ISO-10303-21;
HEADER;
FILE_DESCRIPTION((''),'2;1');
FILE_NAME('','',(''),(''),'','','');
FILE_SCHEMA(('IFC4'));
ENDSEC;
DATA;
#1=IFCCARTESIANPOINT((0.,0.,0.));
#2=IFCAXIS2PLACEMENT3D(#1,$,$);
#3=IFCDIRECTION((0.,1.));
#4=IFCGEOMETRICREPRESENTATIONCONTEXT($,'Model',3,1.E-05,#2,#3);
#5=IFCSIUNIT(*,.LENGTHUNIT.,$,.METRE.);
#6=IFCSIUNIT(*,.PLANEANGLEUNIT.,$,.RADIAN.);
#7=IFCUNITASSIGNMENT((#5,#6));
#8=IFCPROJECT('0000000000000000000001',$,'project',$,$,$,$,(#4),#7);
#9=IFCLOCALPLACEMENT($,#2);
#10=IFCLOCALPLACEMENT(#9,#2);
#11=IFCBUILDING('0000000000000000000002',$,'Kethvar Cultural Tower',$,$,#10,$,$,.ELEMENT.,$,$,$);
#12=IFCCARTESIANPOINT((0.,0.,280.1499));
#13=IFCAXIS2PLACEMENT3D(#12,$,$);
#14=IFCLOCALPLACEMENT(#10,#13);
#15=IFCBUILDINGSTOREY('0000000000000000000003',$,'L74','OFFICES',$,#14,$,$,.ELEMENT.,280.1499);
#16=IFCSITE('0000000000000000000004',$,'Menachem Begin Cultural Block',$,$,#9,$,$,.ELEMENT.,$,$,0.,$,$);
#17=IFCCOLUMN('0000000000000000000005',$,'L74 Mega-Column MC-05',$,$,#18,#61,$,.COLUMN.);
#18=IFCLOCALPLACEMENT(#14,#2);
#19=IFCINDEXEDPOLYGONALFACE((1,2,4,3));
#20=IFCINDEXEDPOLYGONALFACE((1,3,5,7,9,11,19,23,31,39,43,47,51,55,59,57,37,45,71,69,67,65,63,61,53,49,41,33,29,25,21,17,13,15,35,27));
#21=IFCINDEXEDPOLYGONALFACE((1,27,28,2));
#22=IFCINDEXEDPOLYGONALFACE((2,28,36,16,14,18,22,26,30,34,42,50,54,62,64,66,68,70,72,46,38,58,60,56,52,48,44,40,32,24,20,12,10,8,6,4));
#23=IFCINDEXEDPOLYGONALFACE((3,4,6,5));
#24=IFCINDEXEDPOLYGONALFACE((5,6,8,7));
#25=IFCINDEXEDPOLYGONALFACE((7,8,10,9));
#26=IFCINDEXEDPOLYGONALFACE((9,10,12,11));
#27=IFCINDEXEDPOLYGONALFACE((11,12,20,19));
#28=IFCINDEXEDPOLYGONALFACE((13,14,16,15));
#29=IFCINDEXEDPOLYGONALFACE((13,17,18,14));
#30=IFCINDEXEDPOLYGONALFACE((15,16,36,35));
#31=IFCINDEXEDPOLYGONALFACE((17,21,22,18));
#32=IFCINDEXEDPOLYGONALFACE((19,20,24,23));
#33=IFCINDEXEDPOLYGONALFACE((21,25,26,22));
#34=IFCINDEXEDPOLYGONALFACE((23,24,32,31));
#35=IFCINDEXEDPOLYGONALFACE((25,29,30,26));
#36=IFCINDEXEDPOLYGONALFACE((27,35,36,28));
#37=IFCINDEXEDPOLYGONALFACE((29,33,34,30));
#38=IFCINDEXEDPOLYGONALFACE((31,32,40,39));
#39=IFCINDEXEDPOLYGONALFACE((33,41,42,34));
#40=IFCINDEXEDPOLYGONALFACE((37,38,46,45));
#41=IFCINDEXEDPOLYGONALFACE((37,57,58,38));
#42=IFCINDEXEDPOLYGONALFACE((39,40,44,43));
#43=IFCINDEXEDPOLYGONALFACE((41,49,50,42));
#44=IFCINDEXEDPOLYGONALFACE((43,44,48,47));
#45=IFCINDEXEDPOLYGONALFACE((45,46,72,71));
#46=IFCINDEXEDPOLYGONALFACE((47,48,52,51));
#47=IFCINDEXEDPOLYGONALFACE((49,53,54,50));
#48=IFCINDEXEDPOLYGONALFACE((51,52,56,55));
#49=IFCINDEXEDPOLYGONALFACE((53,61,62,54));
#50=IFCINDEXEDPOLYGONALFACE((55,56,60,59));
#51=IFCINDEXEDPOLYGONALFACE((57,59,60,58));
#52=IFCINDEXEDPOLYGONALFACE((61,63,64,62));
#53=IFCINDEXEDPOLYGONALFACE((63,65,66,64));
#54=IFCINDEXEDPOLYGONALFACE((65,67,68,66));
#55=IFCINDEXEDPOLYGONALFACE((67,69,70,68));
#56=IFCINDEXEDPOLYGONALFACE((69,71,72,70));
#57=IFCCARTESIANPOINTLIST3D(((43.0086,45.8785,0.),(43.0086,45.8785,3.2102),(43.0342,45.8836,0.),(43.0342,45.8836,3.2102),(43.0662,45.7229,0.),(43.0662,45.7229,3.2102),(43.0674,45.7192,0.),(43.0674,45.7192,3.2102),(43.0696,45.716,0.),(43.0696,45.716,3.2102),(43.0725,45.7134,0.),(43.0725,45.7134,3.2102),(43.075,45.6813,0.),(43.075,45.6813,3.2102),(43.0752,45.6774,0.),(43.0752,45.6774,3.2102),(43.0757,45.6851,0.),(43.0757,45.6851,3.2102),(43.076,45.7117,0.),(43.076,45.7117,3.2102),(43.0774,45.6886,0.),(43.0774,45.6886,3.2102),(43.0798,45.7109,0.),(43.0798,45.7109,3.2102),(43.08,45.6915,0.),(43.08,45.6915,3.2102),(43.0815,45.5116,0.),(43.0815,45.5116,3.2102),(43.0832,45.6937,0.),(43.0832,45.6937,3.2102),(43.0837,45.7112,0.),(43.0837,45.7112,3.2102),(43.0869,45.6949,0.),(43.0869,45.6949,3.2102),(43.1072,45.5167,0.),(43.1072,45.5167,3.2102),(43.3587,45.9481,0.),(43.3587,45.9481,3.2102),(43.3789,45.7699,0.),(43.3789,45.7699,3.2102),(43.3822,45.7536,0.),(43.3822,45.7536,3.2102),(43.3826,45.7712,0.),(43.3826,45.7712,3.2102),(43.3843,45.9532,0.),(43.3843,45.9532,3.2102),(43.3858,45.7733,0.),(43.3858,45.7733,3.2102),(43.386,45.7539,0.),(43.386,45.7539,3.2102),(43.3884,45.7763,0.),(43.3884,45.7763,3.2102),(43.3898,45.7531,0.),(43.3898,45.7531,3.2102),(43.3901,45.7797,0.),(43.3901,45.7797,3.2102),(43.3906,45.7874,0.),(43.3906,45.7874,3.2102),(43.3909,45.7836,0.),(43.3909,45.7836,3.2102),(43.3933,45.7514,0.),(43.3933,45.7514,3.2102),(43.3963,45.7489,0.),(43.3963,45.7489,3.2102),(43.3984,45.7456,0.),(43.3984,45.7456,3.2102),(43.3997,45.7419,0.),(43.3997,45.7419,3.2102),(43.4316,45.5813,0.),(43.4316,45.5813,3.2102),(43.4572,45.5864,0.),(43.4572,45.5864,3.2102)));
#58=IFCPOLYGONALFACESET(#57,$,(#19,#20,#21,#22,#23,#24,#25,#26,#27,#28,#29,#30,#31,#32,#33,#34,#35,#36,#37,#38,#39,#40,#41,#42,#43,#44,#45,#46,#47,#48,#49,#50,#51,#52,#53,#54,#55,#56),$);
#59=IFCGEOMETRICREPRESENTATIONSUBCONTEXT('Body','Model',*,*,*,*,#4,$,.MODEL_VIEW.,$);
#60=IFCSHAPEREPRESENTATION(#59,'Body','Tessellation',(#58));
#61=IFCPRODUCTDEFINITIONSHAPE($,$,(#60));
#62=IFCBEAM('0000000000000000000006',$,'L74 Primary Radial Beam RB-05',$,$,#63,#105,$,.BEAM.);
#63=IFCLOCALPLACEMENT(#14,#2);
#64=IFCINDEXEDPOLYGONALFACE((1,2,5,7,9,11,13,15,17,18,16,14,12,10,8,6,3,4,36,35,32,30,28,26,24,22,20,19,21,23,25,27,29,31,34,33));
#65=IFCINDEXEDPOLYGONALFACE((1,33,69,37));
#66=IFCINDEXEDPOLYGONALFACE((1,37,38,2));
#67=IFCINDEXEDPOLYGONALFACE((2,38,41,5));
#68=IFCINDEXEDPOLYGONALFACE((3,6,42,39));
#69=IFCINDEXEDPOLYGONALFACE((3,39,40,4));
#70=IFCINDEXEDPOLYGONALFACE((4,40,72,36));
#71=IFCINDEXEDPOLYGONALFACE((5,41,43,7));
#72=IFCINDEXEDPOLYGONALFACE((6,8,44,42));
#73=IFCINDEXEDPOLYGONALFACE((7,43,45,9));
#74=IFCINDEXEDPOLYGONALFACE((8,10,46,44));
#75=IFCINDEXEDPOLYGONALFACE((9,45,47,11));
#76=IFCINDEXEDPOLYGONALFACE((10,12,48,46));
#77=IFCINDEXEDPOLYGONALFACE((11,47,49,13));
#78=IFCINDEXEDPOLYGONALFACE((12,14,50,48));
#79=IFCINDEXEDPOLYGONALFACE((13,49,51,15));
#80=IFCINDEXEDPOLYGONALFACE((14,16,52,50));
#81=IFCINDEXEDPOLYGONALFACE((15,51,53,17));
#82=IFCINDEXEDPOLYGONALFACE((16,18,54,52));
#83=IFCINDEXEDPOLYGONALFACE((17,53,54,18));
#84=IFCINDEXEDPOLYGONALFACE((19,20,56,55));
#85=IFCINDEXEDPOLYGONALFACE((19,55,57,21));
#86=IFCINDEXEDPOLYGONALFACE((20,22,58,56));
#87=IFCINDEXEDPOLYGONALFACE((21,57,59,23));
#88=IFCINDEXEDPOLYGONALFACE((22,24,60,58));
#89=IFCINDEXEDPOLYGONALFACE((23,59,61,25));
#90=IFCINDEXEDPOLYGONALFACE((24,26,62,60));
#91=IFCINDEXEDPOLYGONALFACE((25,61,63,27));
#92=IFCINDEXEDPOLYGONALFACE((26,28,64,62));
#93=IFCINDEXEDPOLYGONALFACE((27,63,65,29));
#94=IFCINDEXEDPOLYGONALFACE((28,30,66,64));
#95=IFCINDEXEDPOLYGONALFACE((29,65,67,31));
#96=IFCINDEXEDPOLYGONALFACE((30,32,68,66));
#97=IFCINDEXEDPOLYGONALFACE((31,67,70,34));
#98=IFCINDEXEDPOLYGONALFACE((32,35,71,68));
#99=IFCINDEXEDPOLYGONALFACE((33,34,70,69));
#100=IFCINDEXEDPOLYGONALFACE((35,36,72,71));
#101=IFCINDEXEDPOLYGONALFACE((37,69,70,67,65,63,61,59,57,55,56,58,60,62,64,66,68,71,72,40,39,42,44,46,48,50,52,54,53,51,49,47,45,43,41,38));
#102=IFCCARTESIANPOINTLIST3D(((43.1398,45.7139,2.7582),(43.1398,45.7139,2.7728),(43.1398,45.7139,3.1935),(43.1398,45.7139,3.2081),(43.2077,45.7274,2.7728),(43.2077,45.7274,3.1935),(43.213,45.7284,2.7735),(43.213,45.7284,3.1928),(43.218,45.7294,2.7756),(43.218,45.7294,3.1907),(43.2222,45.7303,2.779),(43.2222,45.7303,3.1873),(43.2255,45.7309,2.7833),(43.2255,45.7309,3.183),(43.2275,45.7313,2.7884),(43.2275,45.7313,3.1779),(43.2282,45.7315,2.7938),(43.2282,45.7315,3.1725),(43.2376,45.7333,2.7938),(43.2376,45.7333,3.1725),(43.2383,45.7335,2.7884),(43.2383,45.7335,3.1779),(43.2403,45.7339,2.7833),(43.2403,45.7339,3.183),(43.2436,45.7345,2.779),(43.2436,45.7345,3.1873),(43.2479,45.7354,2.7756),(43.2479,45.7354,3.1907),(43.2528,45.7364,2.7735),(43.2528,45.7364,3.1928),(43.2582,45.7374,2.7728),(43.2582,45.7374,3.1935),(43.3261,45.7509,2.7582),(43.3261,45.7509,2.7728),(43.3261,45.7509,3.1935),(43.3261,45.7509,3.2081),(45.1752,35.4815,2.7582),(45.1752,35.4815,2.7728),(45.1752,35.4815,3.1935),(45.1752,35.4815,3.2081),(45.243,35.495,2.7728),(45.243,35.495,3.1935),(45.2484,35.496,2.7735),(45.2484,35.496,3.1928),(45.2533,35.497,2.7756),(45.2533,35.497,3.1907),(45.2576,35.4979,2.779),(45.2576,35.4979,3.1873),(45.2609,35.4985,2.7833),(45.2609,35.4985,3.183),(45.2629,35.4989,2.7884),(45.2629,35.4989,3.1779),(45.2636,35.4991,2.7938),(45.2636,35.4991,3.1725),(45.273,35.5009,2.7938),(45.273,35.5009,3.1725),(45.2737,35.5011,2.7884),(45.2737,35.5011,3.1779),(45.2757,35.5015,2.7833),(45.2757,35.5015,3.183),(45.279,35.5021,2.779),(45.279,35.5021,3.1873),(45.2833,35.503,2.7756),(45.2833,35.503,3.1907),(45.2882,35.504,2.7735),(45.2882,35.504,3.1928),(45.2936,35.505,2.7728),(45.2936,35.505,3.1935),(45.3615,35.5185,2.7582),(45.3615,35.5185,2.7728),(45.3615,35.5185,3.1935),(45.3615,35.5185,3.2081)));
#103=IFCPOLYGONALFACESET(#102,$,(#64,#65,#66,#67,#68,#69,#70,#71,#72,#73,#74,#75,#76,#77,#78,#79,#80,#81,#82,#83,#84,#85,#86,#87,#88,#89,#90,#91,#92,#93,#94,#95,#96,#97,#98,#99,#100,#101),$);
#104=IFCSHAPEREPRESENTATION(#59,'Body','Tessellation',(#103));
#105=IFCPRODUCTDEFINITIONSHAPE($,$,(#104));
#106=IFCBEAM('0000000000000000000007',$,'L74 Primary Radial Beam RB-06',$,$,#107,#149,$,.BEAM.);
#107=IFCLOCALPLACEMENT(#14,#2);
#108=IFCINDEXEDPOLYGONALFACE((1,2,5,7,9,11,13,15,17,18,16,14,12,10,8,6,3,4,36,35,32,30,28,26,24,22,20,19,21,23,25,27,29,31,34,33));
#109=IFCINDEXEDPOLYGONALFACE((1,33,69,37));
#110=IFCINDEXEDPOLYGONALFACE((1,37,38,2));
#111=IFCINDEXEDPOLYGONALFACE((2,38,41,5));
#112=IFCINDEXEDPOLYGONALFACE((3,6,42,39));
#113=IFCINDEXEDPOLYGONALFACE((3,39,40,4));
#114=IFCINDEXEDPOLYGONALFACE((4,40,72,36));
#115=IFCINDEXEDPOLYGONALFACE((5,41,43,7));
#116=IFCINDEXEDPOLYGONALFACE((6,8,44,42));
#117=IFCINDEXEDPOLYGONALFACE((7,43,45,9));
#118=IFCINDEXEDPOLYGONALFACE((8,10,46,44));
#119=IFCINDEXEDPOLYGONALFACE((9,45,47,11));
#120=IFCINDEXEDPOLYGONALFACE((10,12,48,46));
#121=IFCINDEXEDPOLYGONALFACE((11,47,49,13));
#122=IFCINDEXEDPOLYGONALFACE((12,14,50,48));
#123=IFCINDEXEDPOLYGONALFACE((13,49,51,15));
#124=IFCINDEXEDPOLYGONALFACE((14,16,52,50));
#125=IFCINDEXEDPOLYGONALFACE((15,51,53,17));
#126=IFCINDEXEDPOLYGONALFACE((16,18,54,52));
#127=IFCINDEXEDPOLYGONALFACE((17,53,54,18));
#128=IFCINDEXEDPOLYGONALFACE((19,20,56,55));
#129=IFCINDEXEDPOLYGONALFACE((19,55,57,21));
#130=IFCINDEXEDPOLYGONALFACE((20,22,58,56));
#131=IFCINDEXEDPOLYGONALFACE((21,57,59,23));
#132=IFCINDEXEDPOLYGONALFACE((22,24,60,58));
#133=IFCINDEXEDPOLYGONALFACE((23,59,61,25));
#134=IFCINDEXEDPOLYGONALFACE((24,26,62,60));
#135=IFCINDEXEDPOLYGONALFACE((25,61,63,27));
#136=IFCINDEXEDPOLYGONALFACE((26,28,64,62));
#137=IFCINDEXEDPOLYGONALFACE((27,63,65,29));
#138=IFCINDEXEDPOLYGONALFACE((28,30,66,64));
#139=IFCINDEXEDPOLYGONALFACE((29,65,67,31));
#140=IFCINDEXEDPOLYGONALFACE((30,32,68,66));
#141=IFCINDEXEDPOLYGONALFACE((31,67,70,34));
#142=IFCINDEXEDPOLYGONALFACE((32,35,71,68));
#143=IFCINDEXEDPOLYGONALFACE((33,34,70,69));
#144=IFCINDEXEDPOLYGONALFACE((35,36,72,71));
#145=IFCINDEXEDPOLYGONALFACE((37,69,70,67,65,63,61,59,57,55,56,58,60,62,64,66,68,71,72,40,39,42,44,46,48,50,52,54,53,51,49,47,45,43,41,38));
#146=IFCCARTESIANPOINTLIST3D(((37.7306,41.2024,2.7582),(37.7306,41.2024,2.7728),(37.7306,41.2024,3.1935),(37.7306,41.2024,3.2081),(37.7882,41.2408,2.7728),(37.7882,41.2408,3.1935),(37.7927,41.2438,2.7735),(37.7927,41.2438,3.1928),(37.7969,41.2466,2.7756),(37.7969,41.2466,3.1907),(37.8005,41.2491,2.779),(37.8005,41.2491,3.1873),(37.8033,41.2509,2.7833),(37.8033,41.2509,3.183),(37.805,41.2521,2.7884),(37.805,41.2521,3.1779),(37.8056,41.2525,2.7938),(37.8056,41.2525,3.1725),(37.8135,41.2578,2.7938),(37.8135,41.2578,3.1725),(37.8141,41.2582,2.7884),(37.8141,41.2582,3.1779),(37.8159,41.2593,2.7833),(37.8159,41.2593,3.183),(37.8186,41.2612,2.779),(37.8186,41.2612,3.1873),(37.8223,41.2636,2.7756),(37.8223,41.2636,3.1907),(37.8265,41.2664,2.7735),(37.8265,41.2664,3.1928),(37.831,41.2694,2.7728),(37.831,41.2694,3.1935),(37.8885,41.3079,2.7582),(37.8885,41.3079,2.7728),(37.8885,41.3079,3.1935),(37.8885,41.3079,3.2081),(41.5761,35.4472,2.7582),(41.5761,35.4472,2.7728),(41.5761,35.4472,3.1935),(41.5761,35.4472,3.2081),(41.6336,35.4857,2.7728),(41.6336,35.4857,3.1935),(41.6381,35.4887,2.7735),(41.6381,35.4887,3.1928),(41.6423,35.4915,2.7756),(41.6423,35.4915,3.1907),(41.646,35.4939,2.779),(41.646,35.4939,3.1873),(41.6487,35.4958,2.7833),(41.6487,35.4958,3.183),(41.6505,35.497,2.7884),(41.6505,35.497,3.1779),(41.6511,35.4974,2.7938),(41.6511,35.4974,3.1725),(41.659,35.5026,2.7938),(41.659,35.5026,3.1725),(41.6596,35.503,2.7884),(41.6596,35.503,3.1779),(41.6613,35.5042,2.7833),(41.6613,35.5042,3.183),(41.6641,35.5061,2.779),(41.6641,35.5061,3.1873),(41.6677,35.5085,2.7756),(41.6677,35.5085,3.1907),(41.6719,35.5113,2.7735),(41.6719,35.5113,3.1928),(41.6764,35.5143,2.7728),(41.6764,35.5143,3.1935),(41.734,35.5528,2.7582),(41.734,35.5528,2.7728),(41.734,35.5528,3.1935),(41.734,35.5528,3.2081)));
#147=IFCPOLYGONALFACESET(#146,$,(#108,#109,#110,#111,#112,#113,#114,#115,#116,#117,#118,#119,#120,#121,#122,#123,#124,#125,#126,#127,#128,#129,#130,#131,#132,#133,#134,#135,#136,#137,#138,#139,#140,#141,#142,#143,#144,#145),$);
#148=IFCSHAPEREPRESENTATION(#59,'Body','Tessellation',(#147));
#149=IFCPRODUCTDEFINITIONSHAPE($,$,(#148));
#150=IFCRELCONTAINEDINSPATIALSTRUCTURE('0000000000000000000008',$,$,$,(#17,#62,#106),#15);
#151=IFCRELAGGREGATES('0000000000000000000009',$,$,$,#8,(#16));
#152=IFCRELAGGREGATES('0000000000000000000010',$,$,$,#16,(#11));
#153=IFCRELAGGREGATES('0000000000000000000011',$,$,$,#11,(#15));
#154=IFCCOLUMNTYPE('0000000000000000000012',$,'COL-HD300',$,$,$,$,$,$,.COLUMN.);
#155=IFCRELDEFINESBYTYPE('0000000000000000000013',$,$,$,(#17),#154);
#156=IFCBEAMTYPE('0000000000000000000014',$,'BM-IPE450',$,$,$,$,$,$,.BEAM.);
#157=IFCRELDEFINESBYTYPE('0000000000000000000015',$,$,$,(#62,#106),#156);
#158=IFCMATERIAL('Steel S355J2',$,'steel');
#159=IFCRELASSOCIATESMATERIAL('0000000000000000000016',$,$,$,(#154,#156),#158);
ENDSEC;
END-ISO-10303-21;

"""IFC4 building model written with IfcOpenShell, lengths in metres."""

from ifc_helpers import new_model, si_unit, direction, frame, origin, origin_2d, place, context, subcontext, project, spatial, i_section, extrude, source, transform, mapped, material, material_profile, profile_set, type_object, element, save


model = new_model("IFC4")

# Units and contexts
model_context = context("Model", 3, precision=1e-05, world=origin(), true_north=direction((0.0, 1.0)))
body_context = subcontext(model_context, "Body", "Model", "MODEL_VIEW")
ifc_project = project(units=[si_unit("LENGTHUNIT", "METRE"), si_unit("PLANEANGLEUNIT", "RADIAN")], contexts=[model_context])

# Site, building, storey
site_placement = place(None, origin())
site = spatial("IfcSite", under=ifc_project, at=site_placement, Name="Menachem Begin Cultural Block", CompositionType="ELEMENT", RefElevation=0.0)
building_placement = place(site_placement, origin())
building = spatial("IfcBuilding", under=site, at=building_placement, Name="Kethvar Cultural Tower", CompositionType="ELEMENT")
storey_placement = place(building_placement, frame((0.0, 0.0, 280.1499)))
storey = spatial("IfcBuildingStorey", under=building, at=storey_placement, Name="L74", Description="OFFICES", CompositionType="ELEMENT", Elevation=280.1499)

# Column
ifc_material_1 = material(Name="Steel S355J2", Category="steel")
ifc_material_profile_1 = material_profile(ifc_material_1, i_section(OverallWidth=0.374, OverallDepth=0.3831, WebThickness=0.0166, FlangeThickness=0.0261, FilletRadius=0.0149, at=origin_2d()), Name="Steel S355J2 — HD360x300")
ifc_profile_set_1 = profile_set([ifc_material_profile_1], Name="Steel S355J2 — HD360x300")
column_type = type_object("IfcColumnType", Name="COL-HD300", PredefinedType="COLUMN", material=ifc_profile_set_1)
shared_shape_1 = source(origin(), body_context, "Body", "SweptSolid", [
    extrude(i_section(OverallWidth=0.374, OverallDepth=0.3831, WebThickness=0.0166, FlangeThickness=0.0261, FilletRadius=0.0149, at=origin_2d()), origin(), (0.0, 0.0, 1.0), 3.2102),
])
column_placement = place(storey_placement, frame((43.2329, 45.7324, 0.0), z_axis=(0.0, 0.0, 1.0), x_axis=(-0.19509, 0.980785, 0.0)))
element("IfcColumn", 1, at=column_placement, inside=storey, type_object=column_type, Name="L74 Mega-Column MC-05", PredefinedType="COLUMN", context=body_context, shape_type="MappedRepresentation", body=[
    mapped(shared_shape_1, transform((0.0, 0.0, 0.0), scale=1.0)),
])

# Beams
ifc_material_profile_2 = material_profile(ifc_material_1, i_section(OverallWidth=0.1899, OverallDepth=0.45, WebThickness=0.0095, FlangeThickness=0.0146, FilletRadius=0.021, at=origin_2d()), Name="Steel S355J2 — IPE450")
ifc_profile_set_2 = profile_set([ifc_material_profile_2], Name="Steel S355J2 — IPE450")
beam_type_1 = type_object("IfcBeamType", Name="BM-IPE450", PredefinedType="BEAM", material=ifc_profile_set_2)
shared_shape_2 = source(origin(), body_context, "Body", "SweptSolid", [
    extrude(i_section(OverallWidth=0.1899, OverallDepth=0.45, WebThickness=0.0095, FlangeThickness=0.0146, FilletRadius=0.021, at=origin_2d()), origin(), (0.0, 0.0, 1.0), 10.4329),
])
beam_1_placement = place(storey_placement, frame((45.2683, 35.5, 2.9832), z_axis=(-0.195094, 0.980784, 0.0), x_axis=(-0.980784, -0.195094, 0.0)))
element("IfcBeam", 2, at=beam_1_placement, inside=storey, type_object=beam_type_1, Name="L74 Primary Radial Beam RB-05", PredefinedType="BEAM", context=body_context, shape_type="MappedRepresentation", body=[
    mapped(shared_shape_2, transform((0.0, 0.0, 0.0), scale=1.0)),
])
shared_shape_3 = source(origin(), body_context, "Body", "SweptSolid", [
    extrude(i_section(OverallWidth=0.1899, OverallDepth=0.45, WebThickness=0.0095, FlangeThickness=0.0146, FilletRadius=0.021, at=origin_2d()), origin(), (0.0, 0.0, 1.0), 6.9216),
])
beam_2_placement = place(storey_placement, frame((41.655, 35.5, 2.9832), z_axis=(-0.555571, 0.831469, 0.0), x_axis=(-0.831469, -0.555571, 0.0)))
element("IfcBeam", 3, at=beam_2_placement, inside=storey, type_object=beam_type_1, Name="L74 Primary Radial Beam RB-06", PredefinedType="BEAM", context=body_context, shape_type="MappedRepresentation", body=[
    mapped(shared_shape_3, transform((0.0, 0.0, 0.0), scale=1.0)),
])

save(model, "model.ifc")
